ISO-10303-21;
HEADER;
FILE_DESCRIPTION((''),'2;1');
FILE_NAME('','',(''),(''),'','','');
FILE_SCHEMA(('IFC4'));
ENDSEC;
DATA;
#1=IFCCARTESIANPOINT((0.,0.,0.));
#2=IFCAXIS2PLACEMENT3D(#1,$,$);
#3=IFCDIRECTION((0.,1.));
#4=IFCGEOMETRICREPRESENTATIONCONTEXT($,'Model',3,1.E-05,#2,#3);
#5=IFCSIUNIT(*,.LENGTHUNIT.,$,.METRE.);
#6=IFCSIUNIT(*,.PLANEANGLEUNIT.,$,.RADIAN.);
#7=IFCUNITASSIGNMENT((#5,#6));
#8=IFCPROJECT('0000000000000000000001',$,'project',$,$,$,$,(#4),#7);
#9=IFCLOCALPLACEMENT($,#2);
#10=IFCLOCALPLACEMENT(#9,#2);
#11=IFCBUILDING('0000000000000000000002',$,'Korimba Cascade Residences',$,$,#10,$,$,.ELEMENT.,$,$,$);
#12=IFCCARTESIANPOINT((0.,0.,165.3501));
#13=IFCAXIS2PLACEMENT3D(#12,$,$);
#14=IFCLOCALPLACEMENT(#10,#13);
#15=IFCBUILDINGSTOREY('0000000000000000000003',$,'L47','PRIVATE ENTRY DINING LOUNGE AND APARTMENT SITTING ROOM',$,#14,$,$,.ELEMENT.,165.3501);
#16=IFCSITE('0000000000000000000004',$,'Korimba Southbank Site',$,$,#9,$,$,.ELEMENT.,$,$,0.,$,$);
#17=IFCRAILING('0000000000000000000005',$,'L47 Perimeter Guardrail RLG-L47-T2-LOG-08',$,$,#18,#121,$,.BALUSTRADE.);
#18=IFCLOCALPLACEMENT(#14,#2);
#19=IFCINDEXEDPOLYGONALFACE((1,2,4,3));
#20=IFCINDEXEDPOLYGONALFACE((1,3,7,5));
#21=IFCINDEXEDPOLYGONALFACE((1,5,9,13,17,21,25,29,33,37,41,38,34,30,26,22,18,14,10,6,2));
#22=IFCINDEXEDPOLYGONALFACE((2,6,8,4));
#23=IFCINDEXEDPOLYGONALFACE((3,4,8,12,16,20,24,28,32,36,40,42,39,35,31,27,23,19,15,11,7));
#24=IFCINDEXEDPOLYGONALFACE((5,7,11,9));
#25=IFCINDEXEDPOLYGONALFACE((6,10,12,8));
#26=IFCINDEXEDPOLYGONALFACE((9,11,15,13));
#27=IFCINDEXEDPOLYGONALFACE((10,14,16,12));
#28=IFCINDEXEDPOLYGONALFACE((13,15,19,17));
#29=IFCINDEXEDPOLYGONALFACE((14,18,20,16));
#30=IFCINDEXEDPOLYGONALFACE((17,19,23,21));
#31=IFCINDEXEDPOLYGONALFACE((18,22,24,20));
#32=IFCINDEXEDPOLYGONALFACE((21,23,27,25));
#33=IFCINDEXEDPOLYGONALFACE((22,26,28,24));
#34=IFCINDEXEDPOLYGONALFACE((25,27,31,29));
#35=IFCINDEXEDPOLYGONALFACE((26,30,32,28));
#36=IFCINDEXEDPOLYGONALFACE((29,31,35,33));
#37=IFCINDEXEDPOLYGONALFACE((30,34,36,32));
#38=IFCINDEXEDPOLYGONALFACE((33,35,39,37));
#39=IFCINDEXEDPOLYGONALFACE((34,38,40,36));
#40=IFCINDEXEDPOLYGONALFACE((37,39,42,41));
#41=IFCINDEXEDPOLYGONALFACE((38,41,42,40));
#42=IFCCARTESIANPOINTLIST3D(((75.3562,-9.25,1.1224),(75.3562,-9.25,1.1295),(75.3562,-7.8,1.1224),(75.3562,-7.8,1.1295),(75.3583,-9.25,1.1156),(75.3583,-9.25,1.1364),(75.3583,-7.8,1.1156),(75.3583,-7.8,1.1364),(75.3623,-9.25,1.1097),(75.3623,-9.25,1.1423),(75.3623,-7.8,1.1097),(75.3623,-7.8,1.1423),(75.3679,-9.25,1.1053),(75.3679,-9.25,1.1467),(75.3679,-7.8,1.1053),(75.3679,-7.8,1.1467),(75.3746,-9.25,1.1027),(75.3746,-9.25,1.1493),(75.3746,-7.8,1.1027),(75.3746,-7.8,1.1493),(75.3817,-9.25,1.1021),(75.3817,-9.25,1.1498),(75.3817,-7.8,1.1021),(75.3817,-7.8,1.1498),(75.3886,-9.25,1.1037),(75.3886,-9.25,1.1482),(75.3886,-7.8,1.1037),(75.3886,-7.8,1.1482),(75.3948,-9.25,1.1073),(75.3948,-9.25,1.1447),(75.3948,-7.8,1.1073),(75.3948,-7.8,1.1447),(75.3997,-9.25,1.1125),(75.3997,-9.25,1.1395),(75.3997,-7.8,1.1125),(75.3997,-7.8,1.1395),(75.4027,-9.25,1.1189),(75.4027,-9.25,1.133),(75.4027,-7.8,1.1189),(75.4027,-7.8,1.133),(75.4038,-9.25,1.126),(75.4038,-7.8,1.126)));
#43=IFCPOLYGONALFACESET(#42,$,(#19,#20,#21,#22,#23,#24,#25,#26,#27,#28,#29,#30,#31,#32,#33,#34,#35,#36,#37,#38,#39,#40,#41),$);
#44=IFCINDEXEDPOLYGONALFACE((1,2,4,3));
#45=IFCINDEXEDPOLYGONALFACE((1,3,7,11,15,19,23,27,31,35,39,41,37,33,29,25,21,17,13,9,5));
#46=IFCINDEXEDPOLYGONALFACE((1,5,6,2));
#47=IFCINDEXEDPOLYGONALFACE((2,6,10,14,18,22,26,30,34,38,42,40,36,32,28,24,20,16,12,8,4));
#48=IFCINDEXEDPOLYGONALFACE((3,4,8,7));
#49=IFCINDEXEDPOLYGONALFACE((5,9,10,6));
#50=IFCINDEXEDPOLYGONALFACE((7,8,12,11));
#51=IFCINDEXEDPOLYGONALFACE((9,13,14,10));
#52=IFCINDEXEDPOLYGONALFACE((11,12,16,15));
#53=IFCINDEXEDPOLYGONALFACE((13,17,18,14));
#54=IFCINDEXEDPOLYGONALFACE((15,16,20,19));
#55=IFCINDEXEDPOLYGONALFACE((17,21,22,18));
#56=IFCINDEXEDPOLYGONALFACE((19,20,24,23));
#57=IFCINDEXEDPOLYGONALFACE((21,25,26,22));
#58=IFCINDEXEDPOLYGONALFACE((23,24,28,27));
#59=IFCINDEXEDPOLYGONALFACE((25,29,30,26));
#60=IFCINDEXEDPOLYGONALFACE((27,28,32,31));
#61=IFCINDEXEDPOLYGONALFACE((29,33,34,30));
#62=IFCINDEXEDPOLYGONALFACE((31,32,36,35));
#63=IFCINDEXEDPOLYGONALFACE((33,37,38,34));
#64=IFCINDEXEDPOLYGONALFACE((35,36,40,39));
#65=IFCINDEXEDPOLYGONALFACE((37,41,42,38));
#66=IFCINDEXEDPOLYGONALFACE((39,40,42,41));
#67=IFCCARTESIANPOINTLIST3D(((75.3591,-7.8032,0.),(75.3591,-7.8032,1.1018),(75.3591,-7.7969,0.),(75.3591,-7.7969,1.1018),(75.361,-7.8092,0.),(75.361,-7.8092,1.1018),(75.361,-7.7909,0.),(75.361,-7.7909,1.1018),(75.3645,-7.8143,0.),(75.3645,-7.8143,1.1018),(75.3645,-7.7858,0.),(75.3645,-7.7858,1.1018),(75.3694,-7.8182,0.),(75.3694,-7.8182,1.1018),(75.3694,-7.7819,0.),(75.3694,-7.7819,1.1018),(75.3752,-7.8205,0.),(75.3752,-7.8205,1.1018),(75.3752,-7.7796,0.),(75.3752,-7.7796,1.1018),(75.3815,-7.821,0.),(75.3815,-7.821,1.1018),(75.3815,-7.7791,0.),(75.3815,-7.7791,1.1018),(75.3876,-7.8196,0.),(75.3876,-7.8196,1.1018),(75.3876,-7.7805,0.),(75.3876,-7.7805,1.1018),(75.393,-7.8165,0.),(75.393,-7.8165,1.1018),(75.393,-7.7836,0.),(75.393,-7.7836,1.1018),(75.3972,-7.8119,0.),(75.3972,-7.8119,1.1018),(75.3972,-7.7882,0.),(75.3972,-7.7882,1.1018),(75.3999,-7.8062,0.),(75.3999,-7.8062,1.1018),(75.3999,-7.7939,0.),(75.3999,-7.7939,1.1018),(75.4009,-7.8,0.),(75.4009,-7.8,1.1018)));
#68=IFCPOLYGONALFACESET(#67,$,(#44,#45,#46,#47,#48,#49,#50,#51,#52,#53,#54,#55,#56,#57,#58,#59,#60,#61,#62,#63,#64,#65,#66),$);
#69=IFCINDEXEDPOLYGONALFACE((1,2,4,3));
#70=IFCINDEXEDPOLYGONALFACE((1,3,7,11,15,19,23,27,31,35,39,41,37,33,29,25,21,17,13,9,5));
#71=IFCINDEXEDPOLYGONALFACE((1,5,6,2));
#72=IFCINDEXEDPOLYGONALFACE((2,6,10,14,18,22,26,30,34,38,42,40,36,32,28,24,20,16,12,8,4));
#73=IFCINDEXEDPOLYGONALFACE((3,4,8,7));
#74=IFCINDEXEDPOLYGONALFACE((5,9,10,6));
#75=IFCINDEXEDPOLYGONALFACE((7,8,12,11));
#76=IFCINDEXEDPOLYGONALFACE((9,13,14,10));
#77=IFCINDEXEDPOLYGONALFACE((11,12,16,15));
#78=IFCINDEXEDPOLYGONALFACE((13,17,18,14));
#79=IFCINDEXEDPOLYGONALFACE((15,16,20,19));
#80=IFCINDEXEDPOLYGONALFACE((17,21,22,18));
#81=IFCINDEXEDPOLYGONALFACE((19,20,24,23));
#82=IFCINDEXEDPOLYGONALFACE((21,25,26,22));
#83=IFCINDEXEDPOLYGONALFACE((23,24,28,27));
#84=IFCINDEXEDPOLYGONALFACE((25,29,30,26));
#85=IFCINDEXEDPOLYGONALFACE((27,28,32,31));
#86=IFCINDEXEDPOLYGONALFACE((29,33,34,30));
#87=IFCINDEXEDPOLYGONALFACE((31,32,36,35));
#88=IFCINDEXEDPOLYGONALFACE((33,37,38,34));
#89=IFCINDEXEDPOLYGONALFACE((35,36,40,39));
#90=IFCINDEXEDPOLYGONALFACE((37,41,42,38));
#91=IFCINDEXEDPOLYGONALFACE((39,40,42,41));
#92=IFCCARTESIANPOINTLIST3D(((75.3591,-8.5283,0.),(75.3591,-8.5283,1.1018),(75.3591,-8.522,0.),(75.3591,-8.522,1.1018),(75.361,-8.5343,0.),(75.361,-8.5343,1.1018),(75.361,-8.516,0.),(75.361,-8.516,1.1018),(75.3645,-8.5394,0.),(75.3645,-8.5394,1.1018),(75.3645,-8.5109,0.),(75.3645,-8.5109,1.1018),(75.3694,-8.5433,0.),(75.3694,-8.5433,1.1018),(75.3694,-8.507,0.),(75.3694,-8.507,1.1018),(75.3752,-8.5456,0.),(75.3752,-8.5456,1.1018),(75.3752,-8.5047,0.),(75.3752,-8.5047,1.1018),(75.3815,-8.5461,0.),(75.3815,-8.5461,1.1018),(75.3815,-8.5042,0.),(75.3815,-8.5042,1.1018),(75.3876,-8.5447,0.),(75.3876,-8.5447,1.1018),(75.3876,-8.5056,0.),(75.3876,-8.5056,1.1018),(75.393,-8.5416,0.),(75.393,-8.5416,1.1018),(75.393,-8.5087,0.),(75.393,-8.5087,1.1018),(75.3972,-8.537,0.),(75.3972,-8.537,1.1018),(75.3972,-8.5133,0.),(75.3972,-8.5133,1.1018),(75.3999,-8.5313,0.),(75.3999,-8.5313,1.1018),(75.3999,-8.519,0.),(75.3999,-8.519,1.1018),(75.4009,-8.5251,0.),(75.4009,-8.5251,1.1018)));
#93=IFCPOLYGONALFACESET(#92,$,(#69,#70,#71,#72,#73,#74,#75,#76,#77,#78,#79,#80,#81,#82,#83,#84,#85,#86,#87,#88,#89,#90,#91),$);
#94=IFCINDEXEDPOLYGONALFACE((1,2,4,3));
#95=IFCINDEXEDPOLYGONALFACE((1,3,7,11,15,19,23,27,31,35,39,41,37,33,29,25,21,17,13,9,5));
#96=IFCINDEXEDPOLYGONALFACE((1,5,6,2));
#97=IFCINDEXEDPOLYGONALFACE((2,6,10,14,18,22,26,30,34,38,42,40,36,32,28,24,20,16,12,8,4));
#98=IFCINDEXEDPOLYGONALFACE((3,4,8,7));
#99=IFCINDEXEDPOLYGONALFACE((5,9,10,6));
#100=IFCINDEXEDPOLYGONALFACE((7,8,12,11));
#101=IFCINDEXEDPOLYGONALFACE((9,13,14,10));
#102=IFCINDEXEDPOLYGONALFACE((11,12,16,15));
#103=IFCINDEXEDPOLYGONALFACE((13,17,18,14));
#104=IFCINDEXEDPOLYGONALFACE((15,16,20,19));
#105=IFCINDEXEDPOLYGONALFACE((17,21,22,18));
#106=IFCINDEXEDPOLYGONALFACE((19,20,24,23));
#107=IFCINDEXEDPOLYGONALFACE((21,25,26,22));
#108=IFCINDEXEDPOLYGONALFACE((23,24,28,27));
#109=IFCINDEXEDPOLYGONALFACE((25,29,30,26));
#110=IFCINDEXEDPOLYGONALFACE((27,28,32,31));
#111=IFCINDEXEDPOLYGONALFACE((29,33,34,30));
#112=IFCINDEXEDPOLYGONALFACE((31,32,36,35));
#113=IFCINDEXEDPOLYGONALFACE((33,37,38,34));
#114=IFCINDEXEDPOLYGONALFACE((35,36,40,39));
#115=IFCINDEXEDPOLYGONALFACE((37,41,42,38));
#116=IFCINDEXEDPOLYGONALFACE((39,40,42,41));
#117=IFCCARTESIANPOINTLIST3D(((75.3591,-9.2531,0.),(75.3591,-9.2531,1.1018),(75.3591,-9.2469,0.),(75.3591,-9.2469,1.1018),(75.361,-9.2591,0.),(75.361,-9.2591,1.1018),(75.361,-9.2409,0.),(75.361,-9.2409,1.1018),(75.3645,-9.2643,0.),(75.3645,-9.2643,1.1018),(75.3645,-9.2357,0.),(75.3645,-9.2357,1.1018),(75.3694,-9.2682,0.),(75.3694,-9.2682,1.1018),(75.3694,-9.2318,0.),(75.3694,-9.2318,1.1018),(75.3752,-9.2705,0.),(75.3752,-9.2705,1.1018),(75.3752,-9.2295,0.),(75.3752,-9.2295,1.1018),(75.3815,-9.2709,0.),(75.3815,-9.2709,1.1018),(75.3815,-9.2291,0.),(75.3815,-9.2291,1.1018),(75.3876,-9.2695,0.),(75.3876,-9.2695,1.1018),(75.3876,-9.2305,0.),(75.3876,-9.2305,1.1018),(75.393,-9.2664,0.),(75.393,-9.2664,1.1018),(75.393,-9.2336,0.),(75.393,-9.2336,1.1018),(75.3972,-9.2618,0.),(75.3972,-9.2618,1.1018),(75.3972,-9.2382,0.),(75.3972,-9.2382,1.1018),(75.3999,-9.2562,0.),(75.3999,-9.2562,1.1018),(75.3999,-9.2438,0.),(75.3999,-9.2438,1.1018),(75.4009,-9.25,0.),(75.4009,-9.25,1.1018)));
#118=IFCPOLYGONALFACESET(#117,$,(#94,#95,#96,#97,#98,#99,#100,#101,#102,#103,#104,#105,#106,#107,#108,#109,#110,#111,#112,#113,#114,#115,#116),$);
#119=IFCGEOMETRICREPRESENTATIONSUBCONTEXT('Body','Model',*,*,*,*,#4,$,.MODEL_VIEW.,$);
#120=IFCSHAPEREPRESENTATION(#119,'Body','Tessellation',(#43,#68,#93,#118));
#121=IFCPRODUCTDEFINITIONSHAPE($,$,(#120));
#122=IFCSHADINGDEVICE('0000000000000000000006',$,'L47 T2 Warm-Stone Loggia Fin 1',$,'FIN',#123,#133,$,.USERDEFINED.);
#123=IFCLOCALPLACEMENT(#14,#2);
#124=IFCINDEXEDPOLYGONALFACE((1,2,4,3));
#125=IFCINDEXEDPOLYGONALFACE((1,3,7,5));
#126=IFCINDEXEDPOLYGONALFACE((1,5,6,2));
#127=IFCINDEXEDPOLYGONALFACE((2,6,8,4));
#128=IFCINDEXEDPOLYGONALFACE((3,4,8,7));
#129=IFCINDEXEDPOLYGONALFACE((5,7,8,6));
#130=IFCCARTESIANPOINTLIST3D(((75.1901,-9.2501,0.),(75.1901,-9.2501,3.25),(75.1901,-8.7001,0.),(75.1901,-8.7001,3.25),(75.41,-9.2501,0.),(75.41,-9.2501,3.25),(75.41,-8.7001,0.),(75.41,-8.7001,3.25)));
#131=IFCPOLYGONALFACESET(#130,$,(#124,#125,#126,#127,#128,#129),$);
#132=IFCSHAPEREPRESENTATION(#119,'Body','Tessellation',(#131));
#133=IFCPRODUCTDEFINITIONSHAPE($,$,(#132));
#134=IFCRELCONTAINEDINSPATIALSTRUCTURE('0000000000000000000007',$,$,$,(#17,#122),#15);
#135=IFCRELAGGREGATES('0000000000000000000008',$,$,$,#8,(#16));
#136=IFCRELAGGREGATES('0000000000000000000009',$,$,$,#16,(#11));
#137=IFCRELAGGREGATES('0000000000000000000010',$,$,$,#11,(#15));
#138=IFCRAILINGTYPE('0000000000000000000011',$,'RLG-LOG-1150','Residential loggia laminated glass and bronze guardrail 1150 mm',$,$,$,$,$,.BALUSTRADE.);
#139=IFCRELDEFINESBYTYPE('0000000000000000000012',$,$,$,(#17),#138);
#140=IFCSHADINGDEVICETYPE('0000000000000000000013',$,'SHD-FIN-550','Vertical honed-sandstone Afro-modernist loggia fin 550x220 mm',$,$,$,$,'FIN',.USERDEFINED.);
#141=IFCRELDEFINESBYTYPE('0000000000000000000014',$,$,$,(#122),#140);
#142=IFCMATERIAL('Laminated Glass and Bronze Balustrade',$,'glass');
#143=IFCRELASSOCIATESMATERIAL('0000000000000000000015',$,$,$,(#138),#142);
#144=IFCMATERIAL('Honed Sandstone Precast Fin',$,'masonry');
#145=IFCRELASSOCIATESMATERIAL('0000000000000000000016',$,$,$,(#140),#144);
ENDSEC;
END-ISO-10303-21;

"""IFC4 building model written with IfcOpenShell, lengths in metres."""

from ifc_helpers import new_model, si_unit, direction, frame, origin, origin_2d, place, context, subcontext, project, spatial, rectangle, circle, extrude, material, type_object, element, save


model = new_model("IFC4")

# Units and contexts
model_context = context("Model", 3, precision=1e-05, world=origin(), true_north=direction((0.0, 1.0)))
body_context = subcontext(model_context, "Body", "Model", "MODEL_VIEW")
ifc_project = project(units=[si_unit("LENGTHUNIT", "METRE"), si_unit("PLANEANGLEUNIT", "RADIAN")], contexts=[model_context])

# Site, building, storey
site_placement = place(None, origin())
site = spatial("IfcSite", under=ifc_project, at=site_placement, Name="Korimba Southbank Site", CompositionType="ELEMENT", RefElevation=0.0)
building_placement = place(site_placement, origin())
building = spatial("IfcBuilding", under=site, at=building_placement, Name="Korimba Cascade Residences", CompositionType="ELEMENT")
storey_placement = place(building_placement, frame((0.0, 0.0, 165.3501)))
storey = spatial("IfcBuildingStorey", under=building, at=storey_placement, Name="L47", Description="PRIVATE ENTRY DINING LOUNGE AND APARTMENT SITTING ROOM", CompositionType="ELEMENT", Elevation=165.3501)

# Railing
ifc_material_1 = material(Name="Laminated Glass and Bronze Balustrade", Category="glass")
railing_type = type_object("IfcRailingType", Name="RLG-LOG-1150", Description="Residential loggia laminated glass and bronze guardrail 1150 mm", PredefinedType="BALUSTRADE", material=ifc_material_1)
railing_1_placement = place(storey_placement, frame((75.3799, -7.8, 0.0)))
element("IfcRailing", 1, at=railing_1_placement, inside=storey, type_object=railing_type, Name="L47 Perimeter Guardrail RLG-L47-T2-LOG-08", PredefinedType="BALUSTRADE", context=body_context, shape_type="SweptSolid", body=[
    extrude(circle(Radius=0.0239, at=origin_2d()), frame((0.0, 0.0, 1.126), z_axis=(0.0, -1.0, 0.0), x_axis=(1.0, 0.0, 0.0)), (0.0, 0.0, 1.0), 1.45),
    extrude(circle(Radius=0.021, at=origin_2d()), origin(), (0.0, 0.0, 1.0), 1.1018),
    extrude(circle(Radius=0.021, at=origin_2d()), frame((0.0, -0.7251, 0.0)), (0.0, 0.0, 1.0), 1.1018),
    extrude(circle(Radius=0.021, at=origin_2d()), frame((0.0, -1.45, 0.0)), (0.0, 0.0, 1.0), 1.1018),
])

# Shading device
ifc_material_2 = material(Name="Honed Sandstone Precast Fin", Category="masonry")
shading_device_type = type_object("IfcShadingDeviceType", Name="SHD-FIN-550", Description="Vertical honed-sandstone Afro-modernist loggia fin 550x220 mm", ElementType="FIN", PredefinedType="USERDEFINED", material=ifc_material_2)
shading_device_placement = place(storey_placement, frame((75.3, -8.9751, 0.0), z_axis=(0.0, 0.0, 1.0), x_axis=(1.0, 0.0, 0.0)))
element("IfcShadingDevice", 2, at=shading_device_placement, inside=storey, type_object=shading_device_type, Name="L47 T2 Warm-Stone Loggia Fin 1", ObjectType="FIN", PredefinedType="USERDEFINED", context=body_context, shape_type="SweptSolid", body=[
    extrude(rectangle(XDim=0.22, YDim=0.55, at=origin_2d()), origin(), (0.0, 0.0, 1.0), 3.25),
])

save(model, "model.ifc")
